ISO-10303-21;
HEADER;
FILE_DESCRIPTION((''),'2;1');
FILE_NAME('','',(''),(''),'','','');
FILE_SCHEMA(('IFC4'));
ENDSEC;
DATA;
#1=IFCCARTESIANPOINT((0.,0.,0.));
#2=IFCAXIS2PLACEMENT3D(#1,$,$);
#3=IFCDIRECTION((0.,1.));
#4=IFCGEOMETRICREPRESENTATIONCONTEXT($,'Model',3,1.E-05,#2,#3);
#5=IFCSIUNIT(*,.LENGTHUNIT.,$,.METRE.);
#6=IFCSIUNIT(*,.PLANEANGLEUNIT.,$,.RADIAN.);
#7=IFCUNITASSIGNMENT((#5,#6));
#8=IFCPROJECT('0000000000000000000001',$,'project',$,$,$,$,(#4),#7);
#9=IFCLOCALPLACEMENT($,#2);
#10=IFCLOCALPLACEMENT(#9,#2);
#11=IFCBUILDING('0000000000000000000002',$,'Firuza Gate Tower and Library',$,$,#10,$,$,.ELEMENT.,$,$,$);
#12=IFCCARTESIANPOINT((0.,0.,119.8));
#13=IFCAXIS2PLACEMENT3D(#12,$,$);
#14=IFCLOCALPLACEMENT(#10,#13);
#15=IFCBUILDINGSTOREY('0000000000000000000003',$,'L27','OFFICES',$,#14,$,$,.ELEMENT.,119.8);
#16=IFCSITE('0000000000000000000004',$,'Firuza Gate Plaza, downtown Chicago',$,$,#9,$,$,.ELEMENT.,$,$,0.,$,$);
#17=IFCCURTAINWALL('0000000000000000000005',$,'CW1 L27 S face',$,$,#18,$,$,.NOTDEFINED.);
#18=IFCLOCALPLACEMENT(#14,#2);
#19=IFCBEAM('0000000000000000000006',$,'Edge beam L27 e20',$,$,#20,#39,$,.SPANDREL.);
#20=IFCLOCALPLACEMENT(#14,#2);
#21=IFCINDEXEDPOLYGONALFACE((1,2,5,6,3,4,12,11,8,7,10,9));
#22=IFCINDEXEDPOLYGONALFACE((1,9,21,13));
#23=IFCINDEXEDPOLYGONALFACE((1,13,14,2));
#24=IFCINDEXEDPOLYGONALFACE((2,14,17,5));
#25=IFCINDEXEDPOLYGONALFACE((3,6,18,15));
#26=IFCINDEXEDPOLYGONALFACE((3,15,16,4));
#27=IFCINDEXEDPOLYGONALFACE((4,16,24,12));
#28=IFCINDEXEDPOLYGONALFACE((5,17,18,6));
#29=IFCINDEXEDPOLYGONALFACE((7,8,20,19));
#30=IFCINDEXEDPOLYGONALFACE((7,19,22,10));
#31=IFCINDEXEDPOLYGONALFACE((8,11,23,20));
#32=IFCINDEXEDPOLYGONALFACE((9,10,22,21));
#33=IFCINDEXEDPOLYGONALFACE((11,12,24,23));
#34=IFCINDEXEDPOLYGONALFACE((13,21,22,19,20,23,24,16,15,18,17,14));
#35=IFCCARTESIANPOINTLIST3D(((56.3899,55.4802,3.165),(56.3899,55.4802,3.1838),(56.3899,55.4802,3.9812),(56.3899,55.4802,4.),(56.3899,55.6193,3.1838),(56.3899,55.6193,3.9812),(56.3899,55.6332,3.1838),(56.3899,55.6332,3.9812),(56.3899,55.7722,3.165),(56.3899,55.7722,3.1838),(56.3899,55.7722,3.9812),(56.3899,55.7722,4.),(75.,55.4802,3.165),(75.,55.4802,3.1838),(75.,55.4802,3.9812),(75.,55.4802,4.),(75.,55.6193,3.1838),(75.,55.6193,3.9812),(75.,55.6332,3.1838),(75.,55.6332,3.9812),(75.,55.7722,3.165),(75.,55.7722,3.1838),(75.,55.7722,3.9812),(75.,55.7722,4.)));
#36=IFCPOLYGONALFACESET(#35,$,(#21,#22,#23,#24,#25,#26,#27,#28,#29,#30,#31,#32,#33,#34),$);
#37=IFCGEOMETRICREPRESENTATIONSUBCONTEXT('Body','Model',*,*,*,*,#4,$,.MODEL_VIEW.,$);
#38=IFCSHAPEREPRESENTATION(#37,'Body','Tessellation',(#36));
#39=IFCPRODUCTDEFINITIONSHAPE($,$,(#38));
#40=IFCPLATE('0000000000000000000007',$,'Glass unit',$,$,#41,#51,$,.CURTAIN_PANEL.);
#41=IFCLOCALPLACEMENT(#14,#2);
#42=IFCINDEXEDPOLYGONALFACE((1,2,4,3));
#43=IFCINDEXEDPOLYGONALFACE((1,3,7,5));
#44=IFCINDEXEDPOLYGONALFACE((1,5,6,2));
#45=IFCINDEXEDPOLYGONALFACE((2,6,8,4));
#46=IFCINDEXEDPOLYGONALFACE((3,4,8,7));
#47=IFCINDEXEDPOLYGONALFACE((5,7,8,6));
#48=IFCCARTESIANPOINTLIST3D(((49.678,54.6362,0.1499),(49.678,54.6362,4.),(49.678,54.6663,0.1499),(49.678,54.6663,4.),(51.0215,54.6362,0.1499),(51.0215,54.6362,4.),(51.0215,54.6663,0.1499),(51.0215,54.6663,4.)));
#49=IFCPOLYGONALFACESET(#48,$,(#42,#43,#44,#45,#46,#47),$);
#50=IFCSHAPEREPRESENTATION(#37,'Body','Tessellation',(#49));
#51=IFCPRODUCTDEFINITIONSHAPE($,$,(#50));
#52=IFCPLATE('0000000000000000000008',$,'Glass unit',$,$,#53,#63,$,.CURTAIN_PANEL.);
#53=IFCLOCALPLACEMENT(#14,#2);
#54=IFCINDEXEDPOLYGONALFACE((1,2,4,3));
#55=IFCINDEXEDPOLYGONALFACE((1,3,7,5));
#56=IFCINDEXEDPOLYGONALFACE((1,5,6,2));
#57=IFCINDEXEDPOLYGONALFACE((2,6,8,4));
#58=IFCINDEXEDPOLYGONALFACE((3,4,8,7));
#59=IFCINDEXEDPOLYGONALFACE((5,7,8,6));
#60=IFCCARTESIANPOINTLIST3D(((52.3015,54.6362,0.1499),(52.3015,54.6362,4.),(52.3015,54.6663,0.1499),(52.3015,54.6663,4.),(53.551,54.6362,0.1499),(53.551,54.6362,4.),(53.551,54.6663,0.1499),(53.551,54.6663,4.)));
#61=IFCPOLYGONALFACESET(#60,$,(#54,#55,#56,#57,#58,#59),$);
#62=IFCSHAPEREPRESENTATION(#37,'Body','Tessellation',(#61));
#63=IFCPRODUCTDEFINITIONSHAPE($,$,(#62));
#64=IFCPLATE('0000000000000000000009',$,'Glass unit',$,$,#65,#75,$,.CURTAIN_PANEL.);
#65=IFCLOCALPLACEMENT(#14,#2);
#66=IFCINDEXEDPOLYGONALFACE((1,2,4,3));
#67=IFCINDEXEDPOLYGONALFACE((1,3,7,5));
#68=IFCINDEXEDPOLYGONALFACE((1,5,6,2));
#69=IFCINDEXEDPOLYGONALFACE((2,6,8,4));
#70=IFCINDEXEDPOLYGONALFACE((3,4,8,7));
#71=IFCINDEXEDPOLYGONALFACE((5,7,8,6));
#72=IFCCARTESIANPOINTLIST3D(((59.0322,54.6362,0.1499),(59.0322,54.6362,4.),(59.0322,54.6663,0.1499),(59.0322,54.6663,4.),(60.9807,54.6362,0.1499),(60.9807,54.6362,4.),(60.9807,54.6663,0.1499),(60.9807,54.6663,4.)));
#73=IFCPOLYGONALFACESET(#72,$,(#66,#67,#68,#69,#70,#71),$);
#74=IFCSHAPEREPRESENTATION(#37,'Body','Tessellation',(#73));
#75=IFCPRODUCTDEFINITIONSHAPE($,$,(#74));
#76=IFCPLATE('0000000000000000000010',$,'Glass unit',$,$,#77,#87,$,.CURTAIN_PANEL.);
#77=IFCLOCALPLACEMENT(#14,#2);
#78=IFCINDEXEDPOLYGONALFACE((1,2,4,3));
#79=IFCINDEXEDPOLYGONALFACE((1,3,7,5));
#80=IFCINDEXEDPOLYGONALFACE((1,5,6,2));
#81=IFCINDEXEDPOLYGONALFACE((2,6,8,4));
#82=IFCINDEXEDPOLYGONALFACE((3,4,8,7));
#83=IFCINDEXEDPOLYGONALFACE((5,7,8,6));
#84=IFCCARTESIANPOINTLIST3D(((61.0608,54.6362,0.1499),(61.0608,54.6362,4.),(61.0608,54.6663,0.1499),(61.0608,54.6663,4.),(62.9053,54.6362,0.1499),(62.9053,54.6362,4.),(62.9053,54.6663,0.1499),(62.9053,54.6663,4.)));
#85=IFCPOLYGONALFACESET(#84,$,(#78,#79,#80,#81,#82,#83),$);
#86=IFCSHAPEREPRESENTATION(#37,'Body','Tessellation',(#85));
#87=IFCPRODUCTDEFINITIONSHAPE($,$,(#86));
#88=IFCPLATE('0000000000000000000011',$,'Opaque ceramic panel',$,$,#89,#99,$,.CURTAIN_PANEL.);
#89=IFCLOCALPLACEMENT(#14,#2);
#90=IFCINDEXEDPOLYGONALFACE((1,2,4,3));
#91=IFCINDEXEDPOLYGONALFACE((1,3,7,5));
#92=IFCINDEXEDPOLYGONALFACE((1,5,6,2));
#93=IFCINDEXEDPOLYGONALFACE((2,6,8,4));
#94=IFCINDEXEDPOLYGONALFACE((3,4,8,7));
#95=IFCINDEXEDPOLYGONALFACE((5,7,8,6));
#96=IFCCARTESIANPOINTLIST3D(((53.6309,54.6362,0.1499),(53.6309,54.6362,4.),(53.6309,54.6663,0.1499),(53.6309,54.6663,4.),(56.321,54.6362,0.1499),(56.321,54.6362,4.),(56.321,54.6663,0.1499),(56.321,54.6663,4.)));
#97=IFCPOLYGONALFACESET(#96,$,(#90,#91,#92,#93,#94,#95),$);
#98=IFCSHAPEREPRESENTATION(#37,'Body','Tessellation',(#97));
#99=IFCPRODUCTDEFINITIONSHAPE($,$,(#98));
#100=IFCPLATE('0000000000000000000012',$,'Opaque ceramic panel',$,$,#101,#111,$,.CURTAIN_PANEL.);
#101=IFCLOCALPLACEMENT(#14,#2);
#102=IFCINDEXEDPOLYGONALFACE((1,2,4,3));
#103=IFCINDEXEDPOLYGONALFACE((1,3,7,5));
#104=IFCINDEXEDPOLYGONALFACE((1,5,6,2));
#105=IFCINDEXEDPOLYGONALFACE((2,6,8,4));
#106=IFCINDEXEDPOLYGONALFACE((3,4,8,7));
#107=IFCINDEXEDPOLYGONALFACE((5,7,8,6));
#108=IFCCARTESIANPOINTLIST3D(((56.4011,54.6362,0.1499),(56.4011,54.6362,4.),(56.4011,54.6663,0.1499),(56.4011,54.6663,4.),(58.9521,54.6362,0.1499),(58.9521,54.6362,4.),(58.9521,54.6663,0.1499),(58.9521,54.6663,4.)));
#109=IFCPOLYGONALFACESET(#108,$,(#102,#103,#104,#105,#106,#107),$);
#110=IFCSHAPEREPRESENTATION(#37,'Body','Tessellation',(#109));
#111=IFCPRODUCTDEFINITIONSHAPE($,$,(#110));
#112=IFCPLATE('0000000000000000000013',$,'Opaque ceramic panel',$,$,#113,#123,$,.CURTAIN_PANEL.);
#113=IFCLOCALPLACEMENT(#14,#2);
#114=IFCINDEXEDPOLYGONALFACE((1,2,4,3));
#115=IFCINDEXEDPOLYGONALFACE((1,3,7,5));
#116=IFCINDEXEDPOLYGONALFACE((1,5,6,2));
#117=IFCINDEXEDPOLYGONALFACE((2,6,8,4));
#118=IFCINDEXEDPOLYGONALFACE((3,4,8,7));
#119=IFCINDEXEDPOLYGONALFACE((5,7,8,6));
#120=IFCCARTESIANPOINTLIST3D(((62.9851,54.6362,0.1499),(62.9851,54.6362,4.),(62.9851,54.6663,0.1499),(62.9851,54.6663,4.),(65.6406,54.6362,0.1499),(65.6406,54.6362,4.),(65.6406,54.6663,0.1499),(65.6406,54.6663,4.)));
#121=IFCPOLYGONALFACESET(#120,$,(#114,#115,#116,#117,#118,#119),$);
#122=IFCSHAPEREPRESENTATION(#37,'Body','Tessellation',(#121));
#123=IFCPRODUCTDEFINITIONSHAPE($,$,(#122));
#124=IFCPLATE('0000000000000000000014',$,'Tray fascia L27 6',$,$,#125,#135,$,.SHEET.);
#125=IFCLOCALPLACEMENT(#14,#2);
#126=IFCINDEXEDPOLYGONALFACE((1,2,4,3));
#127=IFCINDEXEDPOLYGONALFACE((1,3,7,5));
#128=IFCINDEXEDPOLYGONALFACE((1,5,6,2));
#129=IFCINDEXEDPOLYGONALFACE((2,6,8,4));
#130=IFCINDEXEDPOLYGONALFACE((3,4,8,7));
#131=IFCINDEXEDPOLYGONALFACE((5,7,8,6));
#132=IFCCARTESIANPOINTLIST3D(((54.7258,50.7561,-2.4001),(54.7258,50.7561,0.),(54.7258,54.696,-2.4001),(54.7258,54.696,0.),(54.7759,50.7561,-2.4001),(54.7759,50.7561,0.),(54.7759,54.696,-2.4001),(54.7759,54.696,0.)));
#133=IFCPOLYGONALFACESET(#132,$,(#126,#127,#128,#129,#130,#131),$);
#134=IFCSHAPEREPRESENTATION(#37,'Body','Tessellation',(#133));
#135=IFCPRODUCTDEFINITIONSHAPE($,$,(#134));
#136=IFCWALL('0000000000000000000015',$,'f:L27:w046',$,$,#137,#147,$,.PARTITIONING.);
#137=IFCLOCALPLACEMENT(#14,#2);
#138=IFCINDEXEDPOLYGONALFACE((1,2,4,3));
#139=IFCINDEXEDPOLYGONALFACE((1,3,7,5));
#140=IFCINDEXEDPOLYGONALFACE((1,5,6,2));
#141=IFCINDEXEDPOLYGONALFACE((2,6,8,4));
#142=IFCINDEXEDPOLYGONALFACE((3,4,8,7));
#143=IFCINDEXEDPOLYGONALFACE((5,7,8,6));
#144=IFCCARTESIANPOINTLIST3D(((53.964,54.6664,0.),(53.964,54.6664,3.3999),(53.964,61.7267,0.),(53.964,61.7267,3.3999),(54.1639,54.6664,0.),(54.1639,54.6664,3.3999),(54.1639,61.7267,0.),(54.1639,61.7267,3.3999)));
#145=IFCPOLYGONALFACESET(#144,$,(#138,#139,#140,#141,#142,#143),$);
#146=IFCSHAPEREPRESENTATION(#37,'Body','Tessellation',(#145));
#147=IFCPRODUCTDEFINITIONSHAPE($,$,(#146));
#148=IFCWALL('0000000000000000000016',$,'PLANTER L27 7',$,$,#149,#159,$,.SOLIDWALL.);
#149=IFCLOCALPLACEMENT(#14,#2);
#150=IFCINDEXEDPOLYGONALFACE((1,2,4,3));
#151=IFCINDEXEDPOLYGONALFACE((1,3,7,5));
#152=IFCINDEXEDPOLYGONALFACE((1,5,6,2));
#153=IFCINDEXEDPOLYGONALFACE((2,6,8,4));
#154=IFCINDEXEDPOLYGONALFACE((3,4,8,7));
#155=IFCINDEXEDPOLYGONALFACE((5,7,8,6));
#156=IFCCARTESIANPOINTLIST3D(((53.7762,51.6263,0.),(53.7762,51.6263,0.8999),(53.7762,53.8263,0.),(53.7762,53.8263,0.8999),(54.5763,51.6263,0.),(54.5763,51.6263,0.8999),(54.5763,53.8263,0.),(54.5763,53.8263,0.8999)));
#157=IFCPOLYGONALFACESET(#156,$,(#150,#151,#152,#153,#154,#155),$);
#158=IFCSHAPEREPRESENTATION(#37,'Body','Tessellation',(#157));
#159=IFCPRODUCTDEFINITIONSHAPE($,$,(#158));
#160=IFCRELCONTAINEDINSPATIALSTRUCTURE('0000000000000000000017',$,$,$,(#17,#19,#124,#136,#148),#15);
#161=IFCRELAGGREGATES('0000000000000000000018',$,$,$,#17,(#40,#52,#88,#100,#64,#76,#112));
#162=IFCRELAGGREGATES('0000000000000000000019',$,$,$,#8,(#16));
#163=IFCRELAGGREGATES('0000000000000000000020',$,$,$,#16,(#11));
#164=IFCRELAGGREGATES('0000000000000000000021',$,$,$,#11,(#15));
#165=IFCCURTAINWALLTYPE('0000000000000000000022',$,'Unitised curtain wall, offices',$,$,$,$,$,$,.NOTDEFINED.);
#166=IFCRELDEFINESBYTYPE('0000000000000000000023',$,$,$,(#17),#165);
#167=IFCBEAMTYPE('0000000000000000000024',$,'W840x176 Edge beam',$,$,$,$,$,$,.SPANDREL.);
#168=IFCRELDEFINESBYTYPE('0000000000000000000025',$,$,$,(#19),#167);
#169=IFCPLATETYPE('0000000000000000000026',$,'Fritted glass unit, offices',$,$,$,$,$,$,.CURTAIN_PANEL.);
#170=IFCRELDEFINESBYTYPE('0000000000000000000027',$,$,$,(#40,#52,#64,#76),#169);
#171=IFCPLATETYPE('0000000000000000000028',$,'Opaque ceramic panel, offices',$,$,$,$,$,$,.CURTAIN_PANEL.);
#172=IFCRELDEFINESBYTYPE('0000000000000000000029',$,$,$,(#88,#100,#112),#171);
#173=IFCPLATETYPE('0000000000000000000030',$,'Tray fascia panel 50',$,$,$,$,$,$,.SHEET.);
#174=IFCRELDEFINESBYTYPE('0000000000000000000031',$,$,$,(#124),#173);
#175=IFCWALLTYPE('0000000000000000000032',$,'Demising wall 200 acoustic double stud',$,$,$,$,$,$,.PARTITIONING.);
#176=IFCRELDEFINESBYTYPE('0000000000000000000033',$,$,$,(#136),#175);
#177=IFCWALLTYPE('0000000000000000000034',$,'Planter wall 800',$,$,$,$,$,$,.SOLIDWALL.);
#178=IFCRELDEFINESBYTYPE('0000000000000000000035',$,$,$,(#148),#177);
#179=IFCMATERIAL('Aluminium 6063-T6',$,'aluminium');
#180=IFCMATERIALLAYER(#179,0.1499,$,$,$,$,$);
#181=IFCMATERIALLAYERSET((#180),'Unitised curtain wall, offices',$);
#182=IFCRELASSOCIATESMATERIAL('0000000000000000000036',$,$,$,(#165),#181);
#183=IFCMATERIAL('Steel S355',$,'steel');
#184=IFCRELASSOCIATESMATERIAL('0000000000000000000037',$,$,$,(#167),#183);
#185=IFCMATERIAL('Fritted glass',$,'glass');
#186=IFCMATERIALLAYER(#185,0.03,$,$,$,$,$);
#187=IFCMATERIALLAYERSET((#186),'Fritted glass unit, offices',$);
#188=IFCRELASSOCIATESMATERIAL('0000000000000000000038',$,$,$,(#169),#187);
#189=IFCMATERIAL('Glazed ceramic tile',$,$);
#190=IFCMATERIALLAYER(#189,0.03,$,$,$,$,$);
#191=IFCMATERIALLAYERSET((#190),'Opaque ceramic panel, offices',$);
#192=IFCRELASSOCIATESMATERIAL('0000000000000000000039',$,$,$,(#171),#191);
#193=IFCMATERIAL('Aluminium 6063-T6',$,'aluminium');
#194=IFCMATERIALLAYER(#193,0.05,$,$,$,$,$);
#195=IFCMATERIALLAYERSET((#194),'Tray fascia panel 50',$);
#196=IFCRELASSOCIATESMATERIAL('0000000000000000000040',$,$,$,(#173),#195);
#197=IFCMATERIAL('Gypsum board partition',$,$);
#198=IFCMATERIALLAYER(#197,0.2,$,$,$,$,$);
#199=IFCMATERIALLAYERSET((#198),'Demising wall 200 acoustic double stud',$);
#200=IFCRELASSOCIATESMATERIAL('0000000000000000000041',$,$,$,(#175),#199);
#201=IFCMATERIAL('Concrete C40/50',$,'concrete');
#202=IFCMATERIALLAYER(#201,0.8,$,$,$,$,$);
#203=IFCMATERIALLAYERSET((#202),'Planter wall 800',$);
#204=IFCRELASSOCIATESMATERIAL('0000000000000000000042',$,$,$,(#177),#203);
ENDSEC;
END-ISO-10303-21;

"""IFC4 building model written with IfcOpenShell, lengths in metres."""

from ifc_helpers import new_model, si_unit, direction, frame, frame_2d, origin, origin_2d, place, context, subcontext, project, spatial, polyline, rectangle, i_section, outline, extrude, material, layer, layer_set, material_profile, profile_set, type_object, element, aggregate, save


model = new_model("IFC4")

# Units and contexts
model_context = context("Model", 3, precision=1e-05, world=origin(), true_north=direction((0.0, 1.0)))
body_context = subcontext(model_context, "Body", "Model", "MODEL_VIEW")
ifc_project = project(units=[si_unit("LENGTHUNIT", "METRE"), si_unit("PLANEANGLEUNIT", "RADIAN")], contexts=[model_context])

# Site, building, storey
site_placement = place(None, origin())
site = spatial("IfcSite", under=ifc_project, at=site_placement, Name="Firuza Gate Plaza, downtown Chicago", CompositionType="ELEMENT", RefElevation=0.0)
building_placement = place(site_placement, origin())
building = spatial("IfcBuilding", under=site, at=building_placement, Name="Firuza Gate Tower and Library", CompositionType="ELEMENT")
storey_placement = place(building_placement, frame((0.0, 0.0, 119.8)))
storey = spatial("IfcBuildingStorey", under=building, at=storey_placement, Name="L27", Description="OFFICES", CompositionType="ELEMENT", Elevation=119.8)

# Curtain wall
ifc_material_1 = material(Name="Aluminium 6063-T6", Category="aluminium")
ifc_layer_1 = layer(ifc_material_1, 0.1499)
ifc_layer_set_1 = layer_set([ifc_layer_1], Name="Unitised curtain wall, offices")
curtain_wall_type = type_object("IfcCurtainWallType", Name="Unitised curtain wall, offices", PredefinedType="NOTDEFINED", material=ifc_layer_set_1)
curtain_wall_placement = place(storey_placement, origin())
curtain_wall = element("IfcCurtainWall", 1, at=curtain_wall_placement, inside=storey, type_object=curtain_wall_type, Name="CW1 L27 S face", PredefinedType="NOTDEFINED")

# Beam
ifc_material_2 = material(Name="Steel S355", Category="steel")
ifc_material_profile_1 = material_profile(ifc_material_2, i_section(OverallWidth=0.292, OverallDepth=0.835, WebThickness=0.0139, FlangeThickness=0.0188, at=origin_2d()))
ifc_profile_set_1 = profile_set([ifc_material_profile_1], Name="Steel S355")
beam_type_1 = type_object("IfcBeamType", Name="W840x176 Edge beam", PredefinedType="SPANDREL", material=ifc_profile_set_1)
beam_1_placement = place(storey_placement, frame((56.3899, 55.6262, 3.5825), z_axis=(1.0, 0.0, 0.0), x_axis=(0.0, 1.0, 0.0)))
element("IfcBeam", 2, at=beam_1_placement, inside=storey, type_object=beam_type_1, Name="Edge beam L27 e20", PredefinedType="SPANDREL", context=body_context, shape_type="SweptSolid", body=[
    extrude(i_section(OverallWidth=0.292, OverallDepth=0.835, WebThickness=0.0139, FlangeThickness=0.0188, at=origin_2d()), origin(), (0.0, 0.0, 1.0), 18.6101),
])

# Plates
ifc_material_3 = material(Name="Fritted glass", Category="glass")
ifc_layer_2 = layer(ifc_material_3, 0.03)
ifc_layer_set_2 = layer_set([ifc_layer_2], Name="Fritted glass unit, offices")
plate_type_1 = type_object("IfcPlateType", Name="Fritted glass unit, offices", PredefinedType="CURTAIN_PANEL", material=ifc_layer_set_2)
plate_1_placement = place(storey_placement, frame((49.678, 54.6362, 0.1499), z_axis=(0.0, -1.0, 0.0), x_axis=(1.0, 0.0, 0.0)))
plate_1 = element("IfcPlate", 3, at=plate_1_placement, type_object=plate_type_1, Name="Glass unit", PredefinedType="CURTAIN_PANEL", context=body_context, shape_type="SweptSolid", body=[
    extrude(outline(polyline([(0.0, 0.0), (1.3435, 0.0), (1.3435, 3.8501), (0.0, 3.8501), (0.0, 0.0)])), origin(), (0.0, 0.0, -1.0), 0.03),
])
plate_2_placement = place(storey_placement, frame((52.3015, 54.6362, 0.1499), z_axis=(0.0, -1.0, 0.0), x_axis=(1.0, 0.0, 0.0)))
plate_2 = element("IfcPlate", 4, at=plate_2_placement, type_object=plate_type_1, Name="Glass unit", PredefinedType="CURTAIN_PANEL", context=body_context, shape_type="SweptSolid", body=[
    extrude(outline(polyline([(0.0, 0.0), (1.2495, 0.0), (1.2495, 3.8501), (0.0, 3.8501), (0.0, 0.0)])), origin(), (0.0, 0.0, -1.0), 0.03),
])
plate_3_placement = place(storey_placement, frame((59.0322, 54.6362, 0.1499), z_axis=(0.0, -1.0, 0.0), x_axis=(1.0, 0.0, 0.0)))
plate_3 = element("IfcPlate", 5, at=plate_3_placement, type_object=plate_type_1, Name="Glass unit", PredefinedType="CURTAIN_PANEL", context=body_context, shape_type="SweptSolid", body=[
    extrude(outline(polyline([(0.0, 0.0), (1.9485, 0.0), (1.9485, 3.8501), (0.0, 3.8501), (0.0, 0.0)])), origin(), (0.0, 0.0, -1.0), 0.03),
])
plate_4_placement = place(storey_placement, frame((61.0608, 54.6362, 0.1499), z_axis=(0.0, -1.0, 0.0), x_axis=(1.0, 0.0, 0.0)))
plate_4 = element("IfcPlate", 6, at=plate_4_placement, type_object=plate_type_1, Name="Glass unit", PredefinedType="CURTAIN_PANEL", context=body_context, shape_type="SweptSolid", body=[
    extrude(outline(polyline([(0.0, 0.0), (1.8445, 0.0), (1.8445, 3.8501), (0.0, 3.8501), (0.0, 0.0)])), origin(), (0.0, 0.0, -1.0), 0.03),
])
ifc_material_4 = material(Name="Glazed ceramic tile")
ifc_layer_3 = layer(ifc_material_4, 0.03)
ifc_layer_set_3 = layer_set([ifc_layer_3], Name="Opaque ceramic panel, offices")
plate_type_2 = type_object("IfcPlateType", Name="Opaque ceramic panel, offices", PredefinedType="CURTAIN_PANEL", material=ifc_layer_set_3)
plate_5_placement = place(storey_placement, frame((53.6309, 54.6362, 0.1499), z_axis=(0.0, -1.0, 0.0), x_axis=(1.0, 0.0, 0.0)))
plate_5 = element("IfcPlate", 7, at=plate_5_placement, type_object=plate_type_2, Name="Opaque ceramic panel", PredefinedType="CURTAIN_PANEL", context=body_context, shape_type="SweptSolid", body=[
    extrude(outline(polyline([(0.0, 0.0), (2.6902, 0.0), (2.6902, 3.8501), (0.0, 3.8501), (0.0, 0.0)])), origin(), (0.0, 0.0, -1.0), 0.03),
])
plate_6_placement = place(storey_placement, frame((56.4011, 54.6362, 0.1499), z_axis=(0.0, -1.0, 0.0), x_axis=(1.0, 0.0, 0.0)))
plate_6 = element("IfcPlate", 8, at=plate_6_placement, type_object=plate_type_2, Name="Opaque ceramic panel", PredefinedType="CURTAIN_PANEL", context=body_context, shape_type="SweptSolid", body=[
    extrude(outline(polyline([(0.0, 0.0), (2.551, 0.0), (2.551, 3.8501), (0.0, 3.8501), (0.0, 0.0)])), origin(), (0.0, 0.0, -1.0), 0.03),
])
plate_7_placement = place(storey_placement, frame((62.9851, 54.6362, 0.1499), z_axis=(0.0, -1.0, 0.0), x_axis=(1.0, 0.0, 0.0)))
plate_7 = element("IfcPlate", 9, at=plate_7_placement, type_object=plate_type_2, Name="Opaque ceramic panel", PredefinedType="CURTAIN_PANEL", context=body_context, shape_type="SweptSolid", body=[
    extrude(outline(polyline([(0.0, 0.0), (2.6555, 0.0), (2.6555, 3.8501), (0.0, 3.8501), (0.0, 0.0)])), origin(), (0.0, 0.0, -1.0), 0.03),
])
ifc_material_5 = material(Name="Aluminium 6063-T6", Category="aluminium")
ifc_layer_4 = layer(ifc_material_5, 0.05)
ifc_layer_set_4 = layer_set([ifc_layer_4], Name="Tray fascia panel 50")
plate_type_3 = type_object("IfcPlateType", Name="Tray fascia panel 50", PredefinedType="SHEET", material=ifc_layer_set_4)
plate_8_placement = place(storey_placement, frame((54.7759, 50.7561, -2.4001), z_axis=(1.0, 0.0, 0.0), x_axis=(0.0, 1.0, 0.0)))
element("IfcPlate", 10, at=plate_8_placement, inside=storey, type_object=plate_type_3, Name="Tray fascia L27 6", PredefinedType="SHEET", context=body_context, shape_type="SweptSolid", body=[
    extrude(outline(polyline([(0.0, 0.0), (3.9399, 0.0), (3.9399, 2.4001), (0.0, 2.4001), (0.0, 0.0)])), origin(), (0.0, 0.0, -1.0), 0.05),
])

# Walls
ifc_material_6 = material(Name="Gypsum board partition")
ifc_layer_5 = layer(ifc_material_6, 0.2)
ifc_layer_set_5 = layer_set([ifc_layer_5], Name="Demising wall 200 acoustic double stud")
wall_type_1 = type_object("IfcWallType", Name="Demising wall 200 acoustic double stud", PredefinedType="PARTITIONING", material=ifc_layer_set_5)
wall_1_placement = place(storey_placement, frame((54.064, 54.6663, 0.0), z_axis=(0.0, 0.0, 1.0), x_axis=(0.0, 1.0, 0.0)))
element("IfcWall", 11, at=wall_1_placement, inside=storey, type_object=wall_type_1, Name="f:L27:w046", PredefinedType="PARTITIONING", context=body_context, shape_type="SweptSolid", body=[
    extrude(rectangle(XDim=7.0603, YDim=0.2, at=frame_2d((3.5303, 0.0))), origin(), (0.0, 0.0, 1.0), 3.3999),
])
ifc_material_7 = material(Name="Concrete C40/50", Category="concrete")
ifc_layer_6 = layer(ifc_material_7, 0.8)
ifc_layer_set_6 = layer_set([ifc_layer_6], Name="Planter wall 800")
wall_type_2 = type_object("IfcWallType", Name="Planter wall 800", PredefinedType="SOLIDWALL", material=ifc_layer_set_6)
wall_2_placement = place(storey_placement, frame((54.1763, 51.6262, 0.0), z_axis=(0.0, 0.0, 1.0), x_axis=(0.0, 1.0, 0.0)))
element("IfcWall", 12, at=wall_2_placement, inside=storey, type_object=wall_type_2, Name="PLANTER L27 7", PredefinedType="SOLIDWALL", context=body_context, shape_type="SweptSolid", body=[
    extrude(rectangle(XDim=2.2, YDim=0.8, at=frame_2d((1.1001, 0.0))), origin(), (0.0, 0.0, 1.0), 0.8999),
])

aggregate(curtain_wall, [plate_1, plate_2, plate_5, plate_6, plate_3, plate_4, plate_7])

save(model, "model.ifc")
